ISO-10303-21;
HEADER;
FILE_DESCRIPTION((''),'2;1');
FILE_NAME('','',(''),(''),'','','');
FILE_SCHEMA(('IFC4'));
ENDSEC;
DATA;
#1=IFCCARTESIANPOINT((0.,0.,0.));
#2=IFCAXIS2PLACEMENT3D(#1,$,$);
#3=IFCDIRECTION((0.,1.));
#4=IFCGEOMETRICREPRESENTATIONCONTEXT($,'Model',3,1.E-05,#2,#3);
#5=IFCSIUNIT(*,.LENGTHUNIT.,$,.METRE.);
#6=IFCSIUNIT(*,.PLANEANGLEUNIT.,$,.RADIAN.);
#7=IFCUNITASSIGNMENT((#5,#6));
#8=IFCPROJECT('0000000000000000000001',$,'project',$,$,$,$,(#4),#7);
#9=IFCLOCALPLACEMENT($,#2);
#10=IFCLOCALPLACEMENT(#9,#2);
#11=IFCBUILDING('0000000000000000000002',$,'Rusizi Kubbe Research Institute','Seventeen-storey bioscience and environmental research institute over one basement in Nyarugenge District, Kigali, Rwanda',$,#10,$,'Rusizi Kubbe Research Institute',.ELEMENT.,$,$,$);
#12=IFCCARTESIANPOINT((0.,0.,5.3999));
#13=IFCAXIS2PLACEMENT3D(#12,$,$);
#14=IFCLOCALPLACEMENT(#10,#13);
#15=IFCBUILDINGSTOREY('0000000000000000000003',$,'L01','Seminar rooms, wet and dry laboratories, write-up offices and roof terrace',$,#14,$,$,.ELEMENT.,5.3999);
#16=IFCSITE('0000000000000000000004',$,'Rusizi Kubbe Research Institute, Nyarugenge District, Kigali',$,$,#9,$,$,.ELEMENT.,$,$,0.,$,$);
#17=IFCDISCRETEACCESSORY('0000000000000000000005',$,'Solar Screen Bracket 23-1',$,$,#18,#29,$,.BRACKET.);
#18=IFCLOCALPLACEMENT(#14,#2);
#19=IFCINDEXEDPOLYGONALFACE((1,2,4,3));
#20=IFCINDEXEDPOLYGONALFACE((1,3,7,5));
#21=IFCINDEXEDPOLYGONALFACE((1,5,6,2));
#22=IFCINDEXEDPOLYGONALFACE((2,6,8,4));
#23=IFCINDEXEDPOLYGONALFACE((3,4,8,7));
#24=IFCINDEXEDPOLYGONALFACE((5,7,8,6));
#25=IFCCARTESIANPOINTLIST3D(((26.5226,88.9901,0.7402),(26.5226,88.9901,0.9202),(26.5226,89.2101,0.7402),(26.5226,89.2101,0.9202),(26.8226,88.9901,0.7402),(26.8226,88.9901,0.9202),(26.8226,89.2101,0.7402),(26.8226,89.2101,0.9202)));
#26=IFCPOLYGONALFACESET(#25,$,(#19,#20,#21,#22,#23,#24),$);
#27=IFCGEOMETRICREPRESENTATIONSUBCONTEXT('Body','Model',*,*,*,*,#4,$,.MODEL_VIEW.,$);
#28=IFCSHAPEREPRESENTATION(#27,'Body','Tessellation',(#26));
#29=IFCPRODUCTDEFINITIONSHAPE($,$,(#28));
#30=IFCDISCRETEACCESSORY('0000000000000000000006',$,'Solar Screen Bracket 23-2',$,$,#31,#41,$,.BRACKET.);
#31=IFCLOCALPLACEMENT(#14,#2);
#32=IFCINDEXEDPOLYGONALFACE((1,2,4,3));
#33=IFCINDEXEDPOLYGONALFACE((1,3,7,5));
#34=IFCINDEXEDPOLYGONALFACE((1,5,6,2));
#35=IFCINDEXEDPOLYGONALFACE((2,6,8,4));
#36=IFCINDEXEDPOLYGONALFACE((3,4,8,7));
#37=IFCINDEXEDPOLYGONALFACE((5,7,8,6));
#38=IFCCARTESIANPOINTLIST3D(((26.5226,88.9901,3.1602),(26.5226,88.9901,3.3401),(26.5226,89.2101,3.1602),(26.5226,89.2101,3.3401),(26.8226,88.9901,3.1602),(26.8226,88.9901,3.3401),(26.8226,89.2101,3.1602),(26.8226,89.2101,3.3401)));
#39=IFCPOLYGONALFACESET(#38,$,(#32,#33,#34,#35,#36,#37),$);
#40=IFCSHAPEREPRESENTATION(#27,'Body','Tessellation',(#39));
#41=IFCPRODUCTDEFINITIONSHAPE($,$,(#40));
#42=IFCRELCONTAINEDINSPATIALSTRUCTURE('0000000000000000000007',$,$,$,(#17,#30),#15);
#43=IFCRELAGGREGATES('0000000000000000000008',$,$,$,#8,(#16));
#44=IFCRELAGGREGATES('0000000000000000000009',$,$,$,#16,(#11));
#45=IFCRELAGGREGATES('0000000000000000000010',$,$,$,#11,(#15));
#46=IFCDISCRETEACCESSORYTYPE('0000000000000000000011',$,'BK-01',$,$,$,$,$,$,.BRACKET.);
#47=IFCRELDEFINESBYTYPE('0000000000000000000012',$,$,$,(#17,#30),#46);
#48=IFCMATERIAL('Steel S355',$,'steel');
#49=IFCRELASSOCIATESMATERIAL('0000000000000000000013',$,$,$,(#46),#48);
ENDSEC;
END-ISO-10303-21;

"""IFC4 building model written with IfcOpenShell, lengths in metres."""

from ifc_helpers import new_model, si_unit, direction, frame, origin, origin_2d, place, context, subcontext, project, spatial, rectangle, extrude, material, type_object, element, save


model = new_model("IFC4")

# Units and contexts
model_context = context("Model", 3, precision=1e-05, world=origin(), true_north=direction((0.0, 1.0)))
body_context = subcontext(model_context, "Body", "Model", "MODEL_VIEW")
ifc_project = project(units=[si_unit("LENGTHUNIT", "METRE"), si_unit("PLANEANGLEUNIT", "RADIAN")], contexts=[model_context])

# Site, building, storey
site_placement = place(None, origin())
site = spatial("IfcSite", under=ifc_project, at=site_placement, Name="Rusizi Kubbe Research Institute, Nyarugenge District, Kigali", CompositionType="ELEMENT", RefElevation=0.0)
building_placement = place(site_placement, origin())
building = spatial("IfcBuilding", under=site, at=building_placement, Name="Rusizi Kubbe Research Institute", Description="Seventeen-storey bioscience and environmental research institute over one basement in Nyarugenge District, Kigali, Rwanda", LongName="Rusizi Kubbe Research Institute", CompositionType="ELEMENT")
storey_placement = place(building_placement, frame((0.0, 0.0, 5.3999)))
storey = spatial("IfcBuildingStorey", under=building, at=storey_placement, Name="L01", Description="Seminar rooms, wet and dry laboratories, write-up offices and roof terrace", CompositionType="ELEMENT", Elevation=5.3999)

# Discrete accessories
ifc_material_1 = material(Name="Steel S355", Category="steel")
discrete_accessory_type = type_object("IfcDiscreteAccessoryType", Name="BK-01", PredefinedType="BRACKET", material=ifc_material_1)
for number, where, z_axis, x_axis, name in (
    (1, (26.6726, 89.1001, 0.7402), (0.0, 0.0, 1.0), (1.0, 0.0, 0.0), "Solar Screen Bracket 23-1"),
    (2, (26.6726, 89.1001, 3.1602), (0.0, 0.0, 1.0), (1.0, 0.0, 0.0), "Solar Screen Bracket 23-2"),
):
    element("IfcDiscreteAccessory", number, at=place(storey_placement, frame(where, z_axis=z_axis, x_axis=x_axis)), inside=storey, type_object=discrete_accessory_type, Name=name, PredefinedType="BRACKET", context=body_context, shape_type="SweptSolid", body=[
        extrude(rectangle(XDim=0.3, YDim=0.22, at=origin_2d()), origin(), (0.0, 0.0, 1.0), 0.1799),
    ])

save(model, "model.ifc")
